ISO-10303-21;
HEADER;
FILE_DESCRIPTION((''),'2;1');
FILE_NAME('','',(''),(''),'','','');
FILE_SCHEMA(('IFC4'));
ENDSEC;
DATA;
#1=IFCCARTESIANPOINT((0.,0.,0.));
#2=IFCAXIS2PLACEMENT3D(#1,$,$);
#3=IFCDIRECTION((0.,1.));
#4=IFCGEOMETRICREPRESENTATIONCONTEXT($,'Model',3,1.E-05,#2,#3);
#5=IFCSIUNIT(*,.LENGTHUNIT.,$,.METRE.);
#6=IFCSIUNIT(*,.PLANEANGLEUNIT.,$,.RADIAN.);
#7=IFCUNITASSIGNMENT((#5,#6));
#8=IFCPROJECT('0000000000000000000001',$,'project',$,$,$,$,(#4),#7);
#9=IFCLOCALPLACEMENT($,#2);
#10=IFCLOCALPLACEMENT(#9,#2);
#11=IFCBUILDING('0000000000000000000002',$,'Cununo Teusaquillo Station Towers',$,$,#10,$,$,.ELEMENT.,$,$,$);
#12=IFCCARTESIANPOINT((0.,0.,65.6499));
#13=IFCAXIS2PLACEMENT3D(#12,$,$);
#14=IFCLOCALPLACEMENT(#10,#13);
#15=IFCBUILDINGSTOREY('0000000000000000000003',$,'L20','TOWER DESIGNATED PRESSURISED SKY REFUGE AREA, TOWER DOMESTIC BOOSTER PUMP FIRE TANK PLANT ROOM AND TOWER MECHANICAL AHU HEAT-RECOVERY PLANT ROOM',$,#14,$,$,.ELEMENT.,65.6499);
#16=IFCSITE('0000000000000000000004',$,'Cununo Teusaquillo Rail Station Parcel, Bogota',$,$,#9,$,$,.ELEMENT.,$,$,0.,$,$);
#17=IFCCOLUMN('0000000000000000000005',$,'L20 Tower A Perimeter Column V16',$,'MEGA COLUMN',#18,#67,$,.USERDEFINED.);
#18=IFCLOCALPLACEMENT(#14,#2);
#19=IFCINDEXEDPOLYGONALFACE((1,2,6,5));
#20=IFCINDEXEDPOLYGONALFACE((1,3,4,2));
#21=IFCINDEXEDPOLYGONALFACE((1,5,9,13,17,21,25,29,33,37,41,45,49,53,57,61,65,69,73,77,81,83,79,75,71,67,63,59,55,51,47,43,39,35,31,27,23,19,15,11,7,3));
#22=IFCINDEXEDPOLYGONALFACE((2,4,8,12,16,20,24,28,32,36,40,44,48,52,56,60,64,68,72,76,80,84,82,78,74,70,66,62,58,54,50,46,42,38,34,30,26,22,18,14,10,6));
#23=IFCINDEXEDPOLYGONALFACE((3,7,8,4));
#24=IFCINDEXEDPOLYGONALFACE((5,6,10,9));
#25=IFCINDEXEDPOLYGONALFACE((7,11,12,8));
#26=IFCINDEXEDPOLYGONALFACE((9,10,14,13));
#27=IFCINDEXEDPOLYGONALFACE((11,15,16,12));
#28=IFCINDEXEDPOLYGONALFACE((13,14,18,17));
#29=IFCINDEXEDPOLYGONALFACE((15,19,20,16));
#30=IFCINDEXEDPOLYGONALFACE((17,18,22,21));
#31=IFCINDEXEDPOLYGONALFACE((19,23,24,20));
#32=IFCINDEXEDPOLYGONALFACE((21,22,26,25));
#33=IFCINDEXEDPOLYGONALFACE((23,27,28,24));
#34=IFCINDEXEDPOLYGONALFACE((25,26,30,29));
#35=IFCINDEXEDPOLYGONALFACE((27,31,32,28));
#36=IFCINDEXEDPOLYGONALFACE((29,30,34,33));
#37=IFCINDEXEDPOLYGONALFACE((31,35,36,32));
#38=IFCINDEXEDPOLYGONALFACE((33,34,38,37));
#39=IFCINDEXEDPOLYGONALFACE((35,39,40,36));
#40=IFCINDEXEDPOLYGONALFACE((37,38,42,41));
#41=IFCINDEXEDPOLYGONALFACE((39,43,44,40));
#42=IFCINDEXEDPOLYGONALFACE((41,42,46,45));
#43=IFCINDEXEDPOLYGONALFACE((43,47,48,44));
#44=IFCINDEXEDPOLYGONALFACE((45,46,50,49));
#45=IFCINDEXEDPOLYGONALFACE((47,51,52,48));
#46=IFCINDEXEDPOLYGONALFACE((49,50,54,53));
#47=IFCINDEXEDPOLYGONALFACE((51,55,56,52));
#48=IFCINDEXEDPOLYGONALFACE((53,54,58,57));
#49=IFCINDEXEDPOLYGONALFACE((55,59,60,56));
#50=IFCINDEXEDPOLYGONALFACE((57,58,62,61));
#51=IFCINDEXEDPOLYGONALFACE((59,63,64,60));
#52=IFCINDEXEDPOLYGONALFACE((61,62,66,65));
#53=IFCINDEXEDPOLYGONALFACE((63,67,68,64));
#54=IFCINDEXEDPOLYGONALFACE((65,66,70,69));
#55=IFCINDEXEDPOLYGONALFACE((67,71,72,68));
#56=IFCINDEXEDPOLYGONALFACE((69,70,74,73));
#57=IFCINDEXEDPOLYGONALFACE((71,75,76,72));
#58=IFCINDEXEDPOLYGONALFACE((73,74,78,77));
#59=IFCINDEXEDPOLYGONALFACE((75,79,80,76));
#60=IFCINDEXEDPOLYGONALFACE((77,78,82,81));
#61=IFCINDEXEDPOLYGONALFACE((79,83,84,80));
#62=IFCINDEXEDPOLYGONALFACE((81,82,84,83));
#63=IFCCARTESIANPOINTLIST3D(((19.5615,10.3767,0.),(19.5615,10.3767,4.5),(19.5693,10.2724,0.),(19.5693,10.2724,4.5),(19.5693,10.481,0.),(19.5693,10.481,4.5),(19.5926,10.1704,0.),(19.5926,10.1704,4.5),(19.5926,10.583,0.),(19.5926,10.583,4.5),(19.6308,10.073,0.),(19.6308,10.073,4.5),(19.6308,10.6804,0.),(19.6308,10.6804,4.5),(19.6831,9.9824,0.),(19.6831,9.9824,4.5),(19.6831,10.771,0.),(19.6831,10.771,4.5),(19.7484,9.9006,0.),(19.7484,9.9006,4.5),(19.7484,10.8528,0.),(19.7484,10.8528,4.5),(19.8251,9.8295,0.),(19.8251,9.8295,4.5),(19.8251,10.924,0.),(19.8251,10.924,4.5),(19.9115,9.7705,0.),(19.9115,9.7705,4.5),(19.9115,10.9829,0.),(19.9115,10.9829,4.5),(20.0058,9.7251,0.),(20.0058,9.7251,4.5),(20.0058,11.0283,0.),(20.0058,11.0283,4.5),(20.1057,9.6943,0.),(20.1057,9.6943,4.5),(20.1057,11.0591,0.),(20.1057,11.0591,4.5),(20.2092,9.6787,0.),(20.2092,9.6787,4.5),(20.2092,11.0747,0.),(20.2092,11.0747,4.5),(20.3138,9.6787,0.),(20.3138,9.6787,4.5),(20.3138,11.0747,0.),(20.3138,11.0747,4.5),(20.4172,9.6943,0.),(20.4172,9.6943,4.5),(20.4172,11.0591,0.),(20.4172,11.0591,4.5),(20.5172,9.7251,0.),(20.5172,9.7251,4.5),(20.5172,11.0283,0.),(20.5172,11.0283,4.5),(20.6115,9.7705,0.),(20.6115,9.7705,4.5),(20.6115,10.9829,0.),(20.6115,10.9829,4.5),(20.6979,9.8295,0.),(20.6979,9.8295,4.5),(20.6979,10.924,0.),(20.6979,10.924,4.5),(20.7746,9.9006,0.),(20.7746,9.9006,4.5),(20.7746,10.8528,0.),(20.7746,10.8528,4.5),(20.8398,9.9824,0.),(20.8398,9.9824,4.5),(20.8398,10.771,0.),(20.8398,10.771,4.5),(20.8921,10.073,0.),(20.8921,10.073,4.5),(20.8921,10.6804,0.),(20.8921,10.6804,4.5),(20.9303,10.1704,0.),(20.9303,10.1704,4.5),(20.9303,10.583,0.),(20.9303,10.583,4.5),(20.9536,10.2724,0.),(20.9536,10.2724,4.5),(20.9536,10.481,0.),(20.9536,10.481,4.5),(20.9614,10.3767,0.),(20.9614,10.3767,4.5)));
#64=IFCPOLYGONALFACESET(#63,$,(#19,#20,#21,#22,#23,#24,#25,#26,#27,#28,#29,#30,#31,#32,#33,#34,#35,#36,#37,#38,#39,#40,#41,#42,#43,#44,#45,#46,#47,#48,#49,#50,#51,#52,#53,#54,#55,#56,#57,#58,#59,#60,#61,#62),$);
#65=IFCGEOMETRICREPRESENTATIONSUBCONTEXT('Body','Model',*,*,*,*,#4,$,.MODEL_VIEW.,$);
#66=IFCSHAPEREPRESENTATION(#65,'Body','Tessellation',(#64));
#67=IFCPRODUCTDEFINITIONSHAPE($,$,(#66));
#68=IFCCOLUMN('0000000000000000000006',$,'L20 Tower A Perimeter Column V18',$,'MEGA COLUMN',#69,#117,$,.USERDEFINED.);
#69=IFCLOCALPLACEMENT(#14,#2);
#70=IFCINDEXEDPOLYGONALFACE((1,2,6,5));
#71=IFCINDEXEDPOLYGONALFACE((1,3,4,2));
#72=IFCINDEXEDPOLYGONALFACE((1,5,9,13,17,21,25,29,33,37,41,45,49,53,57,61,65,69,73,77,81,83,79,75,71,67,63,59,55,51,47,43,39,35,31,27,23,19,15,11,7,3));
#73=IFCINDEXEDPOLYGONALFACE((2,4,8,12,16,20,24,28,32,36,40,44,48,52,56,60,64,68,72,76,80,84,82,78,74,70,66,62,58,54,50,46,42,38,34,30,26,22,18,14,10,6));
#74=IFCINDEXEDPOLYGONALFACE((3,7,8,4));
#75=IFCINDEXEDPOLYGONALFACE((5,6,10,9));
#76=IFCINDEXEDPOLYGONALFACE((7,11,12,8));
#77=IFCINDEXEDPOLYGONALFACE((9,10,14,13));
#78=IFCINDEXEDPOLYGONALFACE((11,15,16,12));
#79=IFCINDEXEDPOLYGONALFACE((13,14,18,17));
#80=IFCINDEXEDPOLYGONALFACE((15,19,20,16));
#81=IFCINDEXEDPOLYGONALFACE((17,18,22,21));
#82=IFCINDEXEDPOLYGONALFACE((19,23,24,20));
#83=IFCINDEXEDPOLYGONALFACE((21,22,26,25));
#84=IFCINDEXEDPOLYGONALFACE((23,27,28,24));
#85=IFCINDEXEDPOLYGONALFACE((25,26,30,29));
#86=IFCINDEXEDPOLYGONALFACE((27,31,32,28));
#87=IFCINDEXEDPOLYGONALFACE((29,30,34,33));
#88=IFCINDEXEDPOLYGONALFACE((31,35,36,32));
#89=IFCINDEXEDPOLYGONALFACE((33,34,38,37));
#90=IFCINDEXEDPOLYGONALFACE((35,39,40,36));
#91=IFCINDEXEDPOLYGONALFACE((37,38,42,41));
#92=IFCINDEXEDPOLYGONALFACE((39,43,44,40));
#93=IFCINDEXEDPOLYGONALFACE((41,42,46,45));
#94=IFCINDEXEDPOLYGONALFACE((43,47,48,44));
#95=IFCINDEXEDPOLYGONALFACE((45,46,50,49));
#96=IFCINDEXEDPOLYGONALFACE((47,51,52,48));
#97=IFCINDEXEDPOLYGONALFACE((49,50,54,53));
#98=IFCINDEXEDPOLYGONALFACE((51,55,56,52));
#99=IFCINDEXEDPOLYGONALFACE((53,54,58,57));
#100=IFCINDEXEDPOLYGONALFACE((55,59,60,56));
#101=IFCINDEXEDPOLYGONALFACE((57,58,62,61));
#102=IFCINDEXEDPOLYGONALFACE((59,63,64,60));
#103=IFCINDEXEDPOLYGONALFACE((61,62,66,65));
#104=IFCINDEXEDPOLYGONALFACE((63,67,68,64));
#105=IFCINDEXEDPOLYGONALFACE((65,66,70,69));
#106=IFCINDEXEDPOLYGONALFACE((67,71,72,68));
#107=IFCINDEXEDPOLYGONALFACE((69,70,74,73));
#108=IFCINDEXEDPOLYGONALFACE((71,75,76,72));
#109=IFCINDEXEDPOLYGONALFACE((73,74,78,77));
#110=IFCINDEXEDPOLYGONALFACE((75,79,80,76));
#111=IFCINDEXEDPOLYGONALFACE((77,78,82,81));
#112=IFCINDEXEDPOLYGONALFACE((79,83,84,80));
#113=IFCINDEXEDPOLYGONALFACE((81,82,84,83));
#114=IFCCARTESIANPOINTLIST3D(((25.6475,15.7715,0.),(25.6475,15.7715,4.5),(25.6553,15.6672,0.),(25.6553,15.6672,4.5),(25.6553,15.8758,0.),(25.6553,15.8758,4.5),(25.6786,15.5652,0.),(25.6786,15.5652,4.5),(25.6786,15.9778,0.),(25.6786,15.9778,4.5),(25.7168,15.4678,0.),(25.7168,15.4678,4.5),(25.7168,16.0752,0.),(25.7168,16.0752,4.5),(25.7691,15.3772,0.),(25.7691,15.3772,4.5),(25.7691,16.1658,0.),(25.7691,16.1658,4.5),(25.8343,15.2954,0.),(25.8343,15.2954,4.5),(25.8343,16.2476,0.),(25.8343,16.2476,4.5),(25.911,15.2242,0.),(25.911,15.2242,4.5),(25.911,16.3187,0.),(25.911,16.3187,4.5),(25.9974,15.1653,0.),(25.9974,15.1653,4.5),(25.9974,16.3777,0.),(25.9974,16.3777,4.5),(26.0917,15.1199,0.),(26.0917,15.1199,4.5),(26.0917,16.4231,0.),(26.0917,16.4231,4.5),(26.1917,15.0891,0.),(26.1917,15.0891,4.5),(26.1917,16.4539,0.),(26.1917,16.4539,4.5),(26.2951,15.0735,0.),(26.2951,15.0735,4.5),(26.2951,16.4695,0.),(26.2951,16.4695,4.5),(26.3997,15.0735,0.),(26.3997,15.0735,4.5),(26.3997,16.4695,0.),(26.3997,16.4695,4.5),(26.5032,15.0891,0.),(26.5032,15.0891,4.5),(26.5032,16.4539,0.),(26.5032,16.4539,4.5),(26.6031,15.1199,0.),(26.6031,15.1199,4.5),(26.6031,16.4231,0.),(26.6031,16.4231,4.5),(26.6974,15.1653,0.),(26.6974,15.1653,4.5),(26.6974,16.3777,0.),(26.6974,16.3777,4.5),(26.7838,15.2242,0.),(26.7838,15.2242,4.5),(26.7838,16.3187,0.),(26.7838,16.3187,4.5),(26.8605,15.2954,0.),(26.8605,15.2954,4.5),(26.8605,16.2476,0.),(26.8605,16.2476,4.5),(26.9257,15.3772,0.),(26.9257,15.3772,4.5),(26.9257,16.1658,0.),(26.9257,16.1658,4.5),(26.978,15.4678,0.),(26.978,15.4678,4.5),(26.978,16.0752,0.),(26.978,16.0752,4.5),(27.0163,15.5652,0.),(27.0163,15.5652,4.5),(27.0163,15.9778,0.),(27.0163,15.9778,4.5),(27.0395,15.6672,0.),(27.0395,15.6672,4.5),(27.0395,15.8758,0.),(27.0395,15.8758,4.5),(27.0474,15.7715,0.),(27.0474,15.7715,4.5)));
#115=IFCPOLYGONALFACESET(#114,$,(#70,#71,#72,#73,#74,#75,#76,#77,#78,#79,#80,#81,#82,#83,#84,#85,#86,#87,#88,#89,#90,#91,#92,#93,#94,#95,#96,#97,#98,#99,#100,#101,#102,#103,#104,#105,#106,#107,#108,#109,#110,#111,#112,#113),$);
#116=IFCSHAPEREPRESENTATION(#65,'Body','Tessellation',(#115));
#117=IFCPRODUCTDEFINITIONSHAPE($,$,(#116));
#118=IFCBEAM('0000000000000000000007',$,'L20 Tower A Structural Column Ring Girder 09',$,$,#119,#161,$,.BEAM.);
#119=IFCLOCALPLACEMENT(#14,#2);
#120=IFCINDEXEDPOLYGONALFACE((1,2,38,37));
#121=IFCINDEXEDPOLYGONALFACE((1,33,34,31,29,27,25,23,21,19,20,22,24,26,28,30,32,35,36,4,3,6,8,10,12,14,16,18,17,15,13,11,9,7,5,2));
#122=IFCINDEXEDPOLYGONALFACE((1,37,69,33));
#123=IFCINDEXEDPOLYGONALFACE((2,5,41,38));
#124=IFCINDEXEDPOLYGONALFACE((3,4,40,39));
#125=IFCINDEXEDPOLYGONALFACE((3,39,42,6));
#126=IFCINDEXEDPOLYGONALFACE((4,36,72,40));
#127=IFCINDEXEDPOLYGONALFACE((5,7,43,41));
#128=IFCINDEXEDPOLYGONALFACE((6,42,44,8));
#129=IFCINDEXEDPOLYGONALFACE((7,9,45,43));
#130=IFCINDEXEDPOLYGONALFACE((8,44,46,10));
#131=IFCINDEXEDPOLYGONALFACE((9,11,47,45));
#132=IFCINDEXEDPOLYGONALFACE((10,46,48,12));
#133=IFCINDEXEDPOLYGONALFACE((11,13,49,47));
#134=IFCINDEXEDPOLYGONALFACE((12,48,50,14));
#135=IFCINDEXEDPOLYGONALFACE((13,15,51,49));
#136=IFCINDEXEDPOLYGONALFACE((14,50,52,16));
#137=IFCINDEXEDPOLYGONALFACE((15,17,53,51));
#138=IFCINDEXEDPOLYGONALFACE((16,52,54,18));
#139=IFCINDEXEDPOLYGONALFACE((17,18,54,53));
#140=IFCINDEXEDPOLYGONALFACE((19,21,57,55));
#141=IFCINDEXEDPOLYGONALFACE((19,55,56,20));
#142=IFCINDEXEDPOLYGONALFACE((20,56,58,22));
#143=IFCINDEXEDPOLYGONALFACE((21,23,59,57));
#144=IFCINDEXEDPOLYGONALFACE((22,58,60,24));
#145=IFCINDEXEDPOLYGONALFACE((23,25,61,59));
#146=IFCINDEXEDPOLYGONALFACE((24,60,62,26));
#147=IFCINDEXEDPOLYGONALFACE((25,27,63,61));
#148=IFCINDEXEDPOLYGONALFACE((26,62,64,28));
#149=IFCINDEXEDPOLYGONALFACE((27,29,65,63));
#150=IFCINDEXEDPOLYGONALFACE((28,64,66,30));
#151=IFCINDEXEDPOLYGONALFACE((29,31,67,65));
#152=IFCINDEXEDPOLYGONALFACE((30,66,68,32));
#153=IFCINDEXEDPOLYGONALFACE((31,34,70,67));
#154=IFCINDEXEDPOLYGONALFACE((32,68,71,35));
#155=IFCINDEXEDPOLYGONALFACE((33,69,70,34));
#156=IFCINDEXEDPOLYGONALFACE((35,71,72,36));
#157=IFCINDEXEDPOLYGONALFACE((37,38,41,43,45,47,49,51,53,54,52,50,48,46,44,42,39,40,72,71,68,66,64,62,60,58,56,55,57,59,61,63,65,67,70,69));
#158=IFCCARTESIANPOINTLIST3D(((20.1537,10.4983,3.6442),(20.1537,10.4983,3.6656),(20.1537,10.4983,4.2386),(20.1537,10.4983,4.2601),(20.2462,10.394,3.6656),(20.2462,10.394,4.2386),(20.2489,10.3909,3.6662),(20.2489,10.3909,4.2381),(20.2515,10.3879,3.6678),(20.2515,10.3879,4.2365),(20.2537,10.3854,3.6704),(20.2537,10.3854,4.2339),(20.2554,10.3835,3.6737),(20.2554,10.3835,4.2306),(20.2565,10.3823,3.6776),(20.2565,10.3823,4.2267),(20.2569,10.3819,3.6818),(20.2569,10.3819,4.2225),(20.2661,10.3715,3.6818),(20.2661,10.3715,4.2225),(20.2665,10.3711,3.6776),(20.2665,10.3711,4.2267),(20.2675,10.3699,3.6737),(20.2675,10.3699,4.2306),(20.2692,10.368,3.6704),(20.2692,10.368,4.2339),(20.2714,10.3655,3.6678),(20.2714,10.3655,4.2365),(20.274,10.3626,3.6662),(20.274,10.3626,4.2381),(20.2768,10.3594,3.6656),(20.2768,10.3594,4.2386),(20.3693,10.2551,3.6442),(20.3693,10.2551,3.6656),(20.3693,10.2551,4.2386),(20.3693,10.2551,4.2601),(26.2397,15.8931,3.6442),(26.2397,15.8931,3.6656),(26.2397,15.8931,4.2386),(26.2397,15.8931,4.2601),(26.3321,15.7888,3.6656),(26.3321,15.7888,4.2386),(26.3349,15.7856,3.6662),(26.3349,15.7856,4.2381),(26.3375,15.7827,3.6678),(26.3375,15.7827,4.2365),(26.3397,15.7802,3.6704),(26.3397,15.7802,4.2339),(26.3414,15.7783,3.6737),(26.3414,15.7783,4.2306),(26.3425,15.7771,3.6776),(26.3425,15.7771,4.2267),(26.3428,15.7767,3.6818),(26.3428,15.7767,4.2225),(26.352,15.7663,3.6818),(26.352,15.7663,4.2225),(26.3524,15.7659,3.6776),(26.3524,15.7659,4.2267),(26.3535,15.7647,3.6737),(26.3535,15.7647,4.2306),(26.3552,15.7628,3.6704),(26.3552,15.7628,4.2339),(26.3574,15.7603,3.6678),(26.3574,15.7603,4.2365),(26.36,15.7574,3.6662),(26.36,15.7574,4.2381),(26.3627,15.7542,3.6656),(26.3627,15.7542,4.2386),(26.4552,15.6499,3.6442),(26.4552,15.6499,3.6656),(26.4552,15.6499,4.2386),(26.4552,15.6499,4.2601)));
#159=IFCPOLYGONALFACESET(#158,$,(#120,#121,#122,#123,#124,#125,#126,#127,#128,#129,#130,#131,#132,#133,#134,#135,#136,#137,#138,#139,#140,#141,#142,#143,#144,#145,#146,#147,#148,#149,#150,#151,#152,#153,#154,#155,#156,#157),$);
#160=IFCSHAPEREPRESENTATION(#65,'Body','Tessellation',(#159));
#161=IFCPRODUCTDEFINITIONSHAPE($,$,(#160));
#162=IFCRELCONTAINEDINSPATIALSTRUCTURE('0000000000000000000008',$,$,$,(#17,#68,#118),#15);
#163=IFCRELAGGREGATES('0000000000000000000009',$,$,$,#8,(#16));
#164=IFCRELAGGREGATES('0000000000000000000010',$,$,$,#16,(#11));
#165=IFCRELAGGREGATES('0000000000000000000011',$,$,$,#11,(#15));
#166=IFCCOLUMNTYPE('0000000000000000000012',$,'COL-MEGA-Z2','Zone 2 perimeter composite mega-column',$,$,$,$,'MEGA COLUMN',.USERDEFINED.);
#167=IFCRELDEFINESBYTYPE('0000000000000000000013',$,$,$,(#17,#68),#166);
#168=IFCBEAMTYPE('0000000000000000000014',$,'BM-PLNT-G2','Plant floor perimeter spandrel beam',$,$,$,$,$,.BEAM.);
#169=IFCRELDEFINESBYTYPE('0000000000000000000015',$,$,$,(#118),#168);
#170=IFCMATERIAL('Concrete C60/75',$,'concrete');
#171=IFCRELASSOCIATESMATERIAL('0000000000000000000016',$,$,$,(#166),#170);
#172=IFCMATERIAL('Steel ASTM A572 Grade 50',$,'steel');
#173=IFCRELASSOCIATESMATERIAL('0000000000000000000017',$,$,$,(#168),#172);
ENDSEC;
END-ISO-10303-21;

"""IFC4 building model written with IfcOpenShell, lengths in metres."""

from ifc_helpers import new_model, si_unit, direction, frame, origin, origin_2d, place, context, subcontext, project, spatial, circle, i_section, extrude, material, material_profile, profile_set, type_object, element, save


model = new_model("IFC4")

# Units and contexts
model_context = context("Model", 3, precision=1e-05, world=origin(), true_north=direction((0.0, 1.0)))
body_context = subcontext(model_context, "Body", "Model", "MODEL_VIEW")
ifc_project = project(units=[si_unit("LENGTHUNIT", "METRE"), si_unit("PLANEANGLEUNIT", "RADIAN")], contexts=[model_context])

# Site, building, storey
site_placement = place(None, origin())
site = spatial("IfcSite", under=ifc_project, at=site_placement, Name="Cununo Teusaquillo Rail Station Parcel, Bogota", CompositionType="ELEMENT", RefElevation=0.0)
building_placement = place(site_placement, origin())
building = spatial("IfcBuilding", under=site, at=building_placement, Name="Cununo Teusaquillo Station Towers", CompositionType="ELEMENT")
storey_placement = place(building_placement, frame((0.0, 0.0, 65.6499)))
storey = spatial("IfcBuildingStorey", under=building, at=storey_placement, Name="L20", Description="TOWER DESIGNATED PRESSURISED SKY REFUGE AREA, TOWER DOMESTIC BOOSTER PUMP FIRE TANK PLANT ROOM AND TOWER MECHANICAL AHU HEAT-RECOVERY PLANT ROOM", CompositionType="ELEMENT", Elevation=65.6499)

# Columns
ifc_material_1 = material(Name="Concrete C60/75", Category="concrete")
ifc_material_profile_1 = material_profile(ifc_material_1, circle(Radius=0.7, at=origin_2d()), Name="RC-CIRC-1400")
ifc_profile_set_1 = profile_set([ifc_material_profile_1], Name="Concrete C60/75")
column_type = type_object("IfcColumnType", Name="COL-MEGA-Z2", Description="Zone 2 perimeter composite mega-column", ElementType="MEGA COLUMN", PredefinedType="USERDEFINED", material=ifc_profile_set_1)
for number, where, z_axis, x_axis, name in (
    (1, (20.2615, 10.3767, 0.0), (0.0, 0.0, 1.0), (1.0, 0.0, 0.0), "L20 Tower A Perimeter Column V16"),
    (2, (26.3474, 15.7715, 0.0), (0.0, 0.0, 1.0), (1.0, 0.0, 0.0), "L20 Tower A Perimeter Column V18"),
):
    element("IfcColumn", number, at=place(storey_placement, frame(where, z_axis=z_axis, x_axis=x_axis)), inside=storey, type_object=column_type, Name=name, ObjectType="MEGA COLUMN", PredefinedType="USERDEFINED", context=body_context, shape_type="SweptSolid", body=[
        extrude(circle(Radius=0.7, at=origin_2d()), origin(), (0.0, 0.0, 1.0), 4.5),
    ])

# Beam
ifc_material_2 = material(Name="Steel ASTM A572 Grade 50", Category="steel")
ifc_material_profile_2 = material_profile(ifc_material_2, i_section(OverallWidth=0.325, OverallDepth=0.616, WebThickness=0.0139, FlangeThickness=0.0215, FilletRadius=0.0161, at=origin_2d()), Name="W24X117")
ifc_profile_set_2 = profile_set([ifc_material_profile_2], Name="Steel ASTM A572 Grade 50")
beam_type_1 = type_object("IfcBeamType", Name="BM-PLNT-G2", Description="Plant floor perimeter spandrel beam", PredefinedType="BEAM", material=ifc_profile_set_2)
beam_1_placement = place(storey_placement, frame((20.2615, 10.3767, 3.9521), z_axis=(0.748321, 0.663337, 0.0), x_axis=(-0.663337, 0.748321, 0.0)))
element("IfcBeam", 3, at=beam_1_placement, inside=storey, type_object=beam_type_1, Name="L20 Tower A Structural Column Ring Girder 09", PredefinedType="BEAM", context=body_context, shape_type="SweptSolid", body=[
    extrude(i_section(OverallWidth=0.325, OverallDepth=0.616, WebThickness=0.0139, FlangeThickness=0.0215, FilletRadius=0.0161, at=origin_2d()), origin(), (0.0, 0.0, 1.0), 8.1328),
])

save(model, "model.ifc")
